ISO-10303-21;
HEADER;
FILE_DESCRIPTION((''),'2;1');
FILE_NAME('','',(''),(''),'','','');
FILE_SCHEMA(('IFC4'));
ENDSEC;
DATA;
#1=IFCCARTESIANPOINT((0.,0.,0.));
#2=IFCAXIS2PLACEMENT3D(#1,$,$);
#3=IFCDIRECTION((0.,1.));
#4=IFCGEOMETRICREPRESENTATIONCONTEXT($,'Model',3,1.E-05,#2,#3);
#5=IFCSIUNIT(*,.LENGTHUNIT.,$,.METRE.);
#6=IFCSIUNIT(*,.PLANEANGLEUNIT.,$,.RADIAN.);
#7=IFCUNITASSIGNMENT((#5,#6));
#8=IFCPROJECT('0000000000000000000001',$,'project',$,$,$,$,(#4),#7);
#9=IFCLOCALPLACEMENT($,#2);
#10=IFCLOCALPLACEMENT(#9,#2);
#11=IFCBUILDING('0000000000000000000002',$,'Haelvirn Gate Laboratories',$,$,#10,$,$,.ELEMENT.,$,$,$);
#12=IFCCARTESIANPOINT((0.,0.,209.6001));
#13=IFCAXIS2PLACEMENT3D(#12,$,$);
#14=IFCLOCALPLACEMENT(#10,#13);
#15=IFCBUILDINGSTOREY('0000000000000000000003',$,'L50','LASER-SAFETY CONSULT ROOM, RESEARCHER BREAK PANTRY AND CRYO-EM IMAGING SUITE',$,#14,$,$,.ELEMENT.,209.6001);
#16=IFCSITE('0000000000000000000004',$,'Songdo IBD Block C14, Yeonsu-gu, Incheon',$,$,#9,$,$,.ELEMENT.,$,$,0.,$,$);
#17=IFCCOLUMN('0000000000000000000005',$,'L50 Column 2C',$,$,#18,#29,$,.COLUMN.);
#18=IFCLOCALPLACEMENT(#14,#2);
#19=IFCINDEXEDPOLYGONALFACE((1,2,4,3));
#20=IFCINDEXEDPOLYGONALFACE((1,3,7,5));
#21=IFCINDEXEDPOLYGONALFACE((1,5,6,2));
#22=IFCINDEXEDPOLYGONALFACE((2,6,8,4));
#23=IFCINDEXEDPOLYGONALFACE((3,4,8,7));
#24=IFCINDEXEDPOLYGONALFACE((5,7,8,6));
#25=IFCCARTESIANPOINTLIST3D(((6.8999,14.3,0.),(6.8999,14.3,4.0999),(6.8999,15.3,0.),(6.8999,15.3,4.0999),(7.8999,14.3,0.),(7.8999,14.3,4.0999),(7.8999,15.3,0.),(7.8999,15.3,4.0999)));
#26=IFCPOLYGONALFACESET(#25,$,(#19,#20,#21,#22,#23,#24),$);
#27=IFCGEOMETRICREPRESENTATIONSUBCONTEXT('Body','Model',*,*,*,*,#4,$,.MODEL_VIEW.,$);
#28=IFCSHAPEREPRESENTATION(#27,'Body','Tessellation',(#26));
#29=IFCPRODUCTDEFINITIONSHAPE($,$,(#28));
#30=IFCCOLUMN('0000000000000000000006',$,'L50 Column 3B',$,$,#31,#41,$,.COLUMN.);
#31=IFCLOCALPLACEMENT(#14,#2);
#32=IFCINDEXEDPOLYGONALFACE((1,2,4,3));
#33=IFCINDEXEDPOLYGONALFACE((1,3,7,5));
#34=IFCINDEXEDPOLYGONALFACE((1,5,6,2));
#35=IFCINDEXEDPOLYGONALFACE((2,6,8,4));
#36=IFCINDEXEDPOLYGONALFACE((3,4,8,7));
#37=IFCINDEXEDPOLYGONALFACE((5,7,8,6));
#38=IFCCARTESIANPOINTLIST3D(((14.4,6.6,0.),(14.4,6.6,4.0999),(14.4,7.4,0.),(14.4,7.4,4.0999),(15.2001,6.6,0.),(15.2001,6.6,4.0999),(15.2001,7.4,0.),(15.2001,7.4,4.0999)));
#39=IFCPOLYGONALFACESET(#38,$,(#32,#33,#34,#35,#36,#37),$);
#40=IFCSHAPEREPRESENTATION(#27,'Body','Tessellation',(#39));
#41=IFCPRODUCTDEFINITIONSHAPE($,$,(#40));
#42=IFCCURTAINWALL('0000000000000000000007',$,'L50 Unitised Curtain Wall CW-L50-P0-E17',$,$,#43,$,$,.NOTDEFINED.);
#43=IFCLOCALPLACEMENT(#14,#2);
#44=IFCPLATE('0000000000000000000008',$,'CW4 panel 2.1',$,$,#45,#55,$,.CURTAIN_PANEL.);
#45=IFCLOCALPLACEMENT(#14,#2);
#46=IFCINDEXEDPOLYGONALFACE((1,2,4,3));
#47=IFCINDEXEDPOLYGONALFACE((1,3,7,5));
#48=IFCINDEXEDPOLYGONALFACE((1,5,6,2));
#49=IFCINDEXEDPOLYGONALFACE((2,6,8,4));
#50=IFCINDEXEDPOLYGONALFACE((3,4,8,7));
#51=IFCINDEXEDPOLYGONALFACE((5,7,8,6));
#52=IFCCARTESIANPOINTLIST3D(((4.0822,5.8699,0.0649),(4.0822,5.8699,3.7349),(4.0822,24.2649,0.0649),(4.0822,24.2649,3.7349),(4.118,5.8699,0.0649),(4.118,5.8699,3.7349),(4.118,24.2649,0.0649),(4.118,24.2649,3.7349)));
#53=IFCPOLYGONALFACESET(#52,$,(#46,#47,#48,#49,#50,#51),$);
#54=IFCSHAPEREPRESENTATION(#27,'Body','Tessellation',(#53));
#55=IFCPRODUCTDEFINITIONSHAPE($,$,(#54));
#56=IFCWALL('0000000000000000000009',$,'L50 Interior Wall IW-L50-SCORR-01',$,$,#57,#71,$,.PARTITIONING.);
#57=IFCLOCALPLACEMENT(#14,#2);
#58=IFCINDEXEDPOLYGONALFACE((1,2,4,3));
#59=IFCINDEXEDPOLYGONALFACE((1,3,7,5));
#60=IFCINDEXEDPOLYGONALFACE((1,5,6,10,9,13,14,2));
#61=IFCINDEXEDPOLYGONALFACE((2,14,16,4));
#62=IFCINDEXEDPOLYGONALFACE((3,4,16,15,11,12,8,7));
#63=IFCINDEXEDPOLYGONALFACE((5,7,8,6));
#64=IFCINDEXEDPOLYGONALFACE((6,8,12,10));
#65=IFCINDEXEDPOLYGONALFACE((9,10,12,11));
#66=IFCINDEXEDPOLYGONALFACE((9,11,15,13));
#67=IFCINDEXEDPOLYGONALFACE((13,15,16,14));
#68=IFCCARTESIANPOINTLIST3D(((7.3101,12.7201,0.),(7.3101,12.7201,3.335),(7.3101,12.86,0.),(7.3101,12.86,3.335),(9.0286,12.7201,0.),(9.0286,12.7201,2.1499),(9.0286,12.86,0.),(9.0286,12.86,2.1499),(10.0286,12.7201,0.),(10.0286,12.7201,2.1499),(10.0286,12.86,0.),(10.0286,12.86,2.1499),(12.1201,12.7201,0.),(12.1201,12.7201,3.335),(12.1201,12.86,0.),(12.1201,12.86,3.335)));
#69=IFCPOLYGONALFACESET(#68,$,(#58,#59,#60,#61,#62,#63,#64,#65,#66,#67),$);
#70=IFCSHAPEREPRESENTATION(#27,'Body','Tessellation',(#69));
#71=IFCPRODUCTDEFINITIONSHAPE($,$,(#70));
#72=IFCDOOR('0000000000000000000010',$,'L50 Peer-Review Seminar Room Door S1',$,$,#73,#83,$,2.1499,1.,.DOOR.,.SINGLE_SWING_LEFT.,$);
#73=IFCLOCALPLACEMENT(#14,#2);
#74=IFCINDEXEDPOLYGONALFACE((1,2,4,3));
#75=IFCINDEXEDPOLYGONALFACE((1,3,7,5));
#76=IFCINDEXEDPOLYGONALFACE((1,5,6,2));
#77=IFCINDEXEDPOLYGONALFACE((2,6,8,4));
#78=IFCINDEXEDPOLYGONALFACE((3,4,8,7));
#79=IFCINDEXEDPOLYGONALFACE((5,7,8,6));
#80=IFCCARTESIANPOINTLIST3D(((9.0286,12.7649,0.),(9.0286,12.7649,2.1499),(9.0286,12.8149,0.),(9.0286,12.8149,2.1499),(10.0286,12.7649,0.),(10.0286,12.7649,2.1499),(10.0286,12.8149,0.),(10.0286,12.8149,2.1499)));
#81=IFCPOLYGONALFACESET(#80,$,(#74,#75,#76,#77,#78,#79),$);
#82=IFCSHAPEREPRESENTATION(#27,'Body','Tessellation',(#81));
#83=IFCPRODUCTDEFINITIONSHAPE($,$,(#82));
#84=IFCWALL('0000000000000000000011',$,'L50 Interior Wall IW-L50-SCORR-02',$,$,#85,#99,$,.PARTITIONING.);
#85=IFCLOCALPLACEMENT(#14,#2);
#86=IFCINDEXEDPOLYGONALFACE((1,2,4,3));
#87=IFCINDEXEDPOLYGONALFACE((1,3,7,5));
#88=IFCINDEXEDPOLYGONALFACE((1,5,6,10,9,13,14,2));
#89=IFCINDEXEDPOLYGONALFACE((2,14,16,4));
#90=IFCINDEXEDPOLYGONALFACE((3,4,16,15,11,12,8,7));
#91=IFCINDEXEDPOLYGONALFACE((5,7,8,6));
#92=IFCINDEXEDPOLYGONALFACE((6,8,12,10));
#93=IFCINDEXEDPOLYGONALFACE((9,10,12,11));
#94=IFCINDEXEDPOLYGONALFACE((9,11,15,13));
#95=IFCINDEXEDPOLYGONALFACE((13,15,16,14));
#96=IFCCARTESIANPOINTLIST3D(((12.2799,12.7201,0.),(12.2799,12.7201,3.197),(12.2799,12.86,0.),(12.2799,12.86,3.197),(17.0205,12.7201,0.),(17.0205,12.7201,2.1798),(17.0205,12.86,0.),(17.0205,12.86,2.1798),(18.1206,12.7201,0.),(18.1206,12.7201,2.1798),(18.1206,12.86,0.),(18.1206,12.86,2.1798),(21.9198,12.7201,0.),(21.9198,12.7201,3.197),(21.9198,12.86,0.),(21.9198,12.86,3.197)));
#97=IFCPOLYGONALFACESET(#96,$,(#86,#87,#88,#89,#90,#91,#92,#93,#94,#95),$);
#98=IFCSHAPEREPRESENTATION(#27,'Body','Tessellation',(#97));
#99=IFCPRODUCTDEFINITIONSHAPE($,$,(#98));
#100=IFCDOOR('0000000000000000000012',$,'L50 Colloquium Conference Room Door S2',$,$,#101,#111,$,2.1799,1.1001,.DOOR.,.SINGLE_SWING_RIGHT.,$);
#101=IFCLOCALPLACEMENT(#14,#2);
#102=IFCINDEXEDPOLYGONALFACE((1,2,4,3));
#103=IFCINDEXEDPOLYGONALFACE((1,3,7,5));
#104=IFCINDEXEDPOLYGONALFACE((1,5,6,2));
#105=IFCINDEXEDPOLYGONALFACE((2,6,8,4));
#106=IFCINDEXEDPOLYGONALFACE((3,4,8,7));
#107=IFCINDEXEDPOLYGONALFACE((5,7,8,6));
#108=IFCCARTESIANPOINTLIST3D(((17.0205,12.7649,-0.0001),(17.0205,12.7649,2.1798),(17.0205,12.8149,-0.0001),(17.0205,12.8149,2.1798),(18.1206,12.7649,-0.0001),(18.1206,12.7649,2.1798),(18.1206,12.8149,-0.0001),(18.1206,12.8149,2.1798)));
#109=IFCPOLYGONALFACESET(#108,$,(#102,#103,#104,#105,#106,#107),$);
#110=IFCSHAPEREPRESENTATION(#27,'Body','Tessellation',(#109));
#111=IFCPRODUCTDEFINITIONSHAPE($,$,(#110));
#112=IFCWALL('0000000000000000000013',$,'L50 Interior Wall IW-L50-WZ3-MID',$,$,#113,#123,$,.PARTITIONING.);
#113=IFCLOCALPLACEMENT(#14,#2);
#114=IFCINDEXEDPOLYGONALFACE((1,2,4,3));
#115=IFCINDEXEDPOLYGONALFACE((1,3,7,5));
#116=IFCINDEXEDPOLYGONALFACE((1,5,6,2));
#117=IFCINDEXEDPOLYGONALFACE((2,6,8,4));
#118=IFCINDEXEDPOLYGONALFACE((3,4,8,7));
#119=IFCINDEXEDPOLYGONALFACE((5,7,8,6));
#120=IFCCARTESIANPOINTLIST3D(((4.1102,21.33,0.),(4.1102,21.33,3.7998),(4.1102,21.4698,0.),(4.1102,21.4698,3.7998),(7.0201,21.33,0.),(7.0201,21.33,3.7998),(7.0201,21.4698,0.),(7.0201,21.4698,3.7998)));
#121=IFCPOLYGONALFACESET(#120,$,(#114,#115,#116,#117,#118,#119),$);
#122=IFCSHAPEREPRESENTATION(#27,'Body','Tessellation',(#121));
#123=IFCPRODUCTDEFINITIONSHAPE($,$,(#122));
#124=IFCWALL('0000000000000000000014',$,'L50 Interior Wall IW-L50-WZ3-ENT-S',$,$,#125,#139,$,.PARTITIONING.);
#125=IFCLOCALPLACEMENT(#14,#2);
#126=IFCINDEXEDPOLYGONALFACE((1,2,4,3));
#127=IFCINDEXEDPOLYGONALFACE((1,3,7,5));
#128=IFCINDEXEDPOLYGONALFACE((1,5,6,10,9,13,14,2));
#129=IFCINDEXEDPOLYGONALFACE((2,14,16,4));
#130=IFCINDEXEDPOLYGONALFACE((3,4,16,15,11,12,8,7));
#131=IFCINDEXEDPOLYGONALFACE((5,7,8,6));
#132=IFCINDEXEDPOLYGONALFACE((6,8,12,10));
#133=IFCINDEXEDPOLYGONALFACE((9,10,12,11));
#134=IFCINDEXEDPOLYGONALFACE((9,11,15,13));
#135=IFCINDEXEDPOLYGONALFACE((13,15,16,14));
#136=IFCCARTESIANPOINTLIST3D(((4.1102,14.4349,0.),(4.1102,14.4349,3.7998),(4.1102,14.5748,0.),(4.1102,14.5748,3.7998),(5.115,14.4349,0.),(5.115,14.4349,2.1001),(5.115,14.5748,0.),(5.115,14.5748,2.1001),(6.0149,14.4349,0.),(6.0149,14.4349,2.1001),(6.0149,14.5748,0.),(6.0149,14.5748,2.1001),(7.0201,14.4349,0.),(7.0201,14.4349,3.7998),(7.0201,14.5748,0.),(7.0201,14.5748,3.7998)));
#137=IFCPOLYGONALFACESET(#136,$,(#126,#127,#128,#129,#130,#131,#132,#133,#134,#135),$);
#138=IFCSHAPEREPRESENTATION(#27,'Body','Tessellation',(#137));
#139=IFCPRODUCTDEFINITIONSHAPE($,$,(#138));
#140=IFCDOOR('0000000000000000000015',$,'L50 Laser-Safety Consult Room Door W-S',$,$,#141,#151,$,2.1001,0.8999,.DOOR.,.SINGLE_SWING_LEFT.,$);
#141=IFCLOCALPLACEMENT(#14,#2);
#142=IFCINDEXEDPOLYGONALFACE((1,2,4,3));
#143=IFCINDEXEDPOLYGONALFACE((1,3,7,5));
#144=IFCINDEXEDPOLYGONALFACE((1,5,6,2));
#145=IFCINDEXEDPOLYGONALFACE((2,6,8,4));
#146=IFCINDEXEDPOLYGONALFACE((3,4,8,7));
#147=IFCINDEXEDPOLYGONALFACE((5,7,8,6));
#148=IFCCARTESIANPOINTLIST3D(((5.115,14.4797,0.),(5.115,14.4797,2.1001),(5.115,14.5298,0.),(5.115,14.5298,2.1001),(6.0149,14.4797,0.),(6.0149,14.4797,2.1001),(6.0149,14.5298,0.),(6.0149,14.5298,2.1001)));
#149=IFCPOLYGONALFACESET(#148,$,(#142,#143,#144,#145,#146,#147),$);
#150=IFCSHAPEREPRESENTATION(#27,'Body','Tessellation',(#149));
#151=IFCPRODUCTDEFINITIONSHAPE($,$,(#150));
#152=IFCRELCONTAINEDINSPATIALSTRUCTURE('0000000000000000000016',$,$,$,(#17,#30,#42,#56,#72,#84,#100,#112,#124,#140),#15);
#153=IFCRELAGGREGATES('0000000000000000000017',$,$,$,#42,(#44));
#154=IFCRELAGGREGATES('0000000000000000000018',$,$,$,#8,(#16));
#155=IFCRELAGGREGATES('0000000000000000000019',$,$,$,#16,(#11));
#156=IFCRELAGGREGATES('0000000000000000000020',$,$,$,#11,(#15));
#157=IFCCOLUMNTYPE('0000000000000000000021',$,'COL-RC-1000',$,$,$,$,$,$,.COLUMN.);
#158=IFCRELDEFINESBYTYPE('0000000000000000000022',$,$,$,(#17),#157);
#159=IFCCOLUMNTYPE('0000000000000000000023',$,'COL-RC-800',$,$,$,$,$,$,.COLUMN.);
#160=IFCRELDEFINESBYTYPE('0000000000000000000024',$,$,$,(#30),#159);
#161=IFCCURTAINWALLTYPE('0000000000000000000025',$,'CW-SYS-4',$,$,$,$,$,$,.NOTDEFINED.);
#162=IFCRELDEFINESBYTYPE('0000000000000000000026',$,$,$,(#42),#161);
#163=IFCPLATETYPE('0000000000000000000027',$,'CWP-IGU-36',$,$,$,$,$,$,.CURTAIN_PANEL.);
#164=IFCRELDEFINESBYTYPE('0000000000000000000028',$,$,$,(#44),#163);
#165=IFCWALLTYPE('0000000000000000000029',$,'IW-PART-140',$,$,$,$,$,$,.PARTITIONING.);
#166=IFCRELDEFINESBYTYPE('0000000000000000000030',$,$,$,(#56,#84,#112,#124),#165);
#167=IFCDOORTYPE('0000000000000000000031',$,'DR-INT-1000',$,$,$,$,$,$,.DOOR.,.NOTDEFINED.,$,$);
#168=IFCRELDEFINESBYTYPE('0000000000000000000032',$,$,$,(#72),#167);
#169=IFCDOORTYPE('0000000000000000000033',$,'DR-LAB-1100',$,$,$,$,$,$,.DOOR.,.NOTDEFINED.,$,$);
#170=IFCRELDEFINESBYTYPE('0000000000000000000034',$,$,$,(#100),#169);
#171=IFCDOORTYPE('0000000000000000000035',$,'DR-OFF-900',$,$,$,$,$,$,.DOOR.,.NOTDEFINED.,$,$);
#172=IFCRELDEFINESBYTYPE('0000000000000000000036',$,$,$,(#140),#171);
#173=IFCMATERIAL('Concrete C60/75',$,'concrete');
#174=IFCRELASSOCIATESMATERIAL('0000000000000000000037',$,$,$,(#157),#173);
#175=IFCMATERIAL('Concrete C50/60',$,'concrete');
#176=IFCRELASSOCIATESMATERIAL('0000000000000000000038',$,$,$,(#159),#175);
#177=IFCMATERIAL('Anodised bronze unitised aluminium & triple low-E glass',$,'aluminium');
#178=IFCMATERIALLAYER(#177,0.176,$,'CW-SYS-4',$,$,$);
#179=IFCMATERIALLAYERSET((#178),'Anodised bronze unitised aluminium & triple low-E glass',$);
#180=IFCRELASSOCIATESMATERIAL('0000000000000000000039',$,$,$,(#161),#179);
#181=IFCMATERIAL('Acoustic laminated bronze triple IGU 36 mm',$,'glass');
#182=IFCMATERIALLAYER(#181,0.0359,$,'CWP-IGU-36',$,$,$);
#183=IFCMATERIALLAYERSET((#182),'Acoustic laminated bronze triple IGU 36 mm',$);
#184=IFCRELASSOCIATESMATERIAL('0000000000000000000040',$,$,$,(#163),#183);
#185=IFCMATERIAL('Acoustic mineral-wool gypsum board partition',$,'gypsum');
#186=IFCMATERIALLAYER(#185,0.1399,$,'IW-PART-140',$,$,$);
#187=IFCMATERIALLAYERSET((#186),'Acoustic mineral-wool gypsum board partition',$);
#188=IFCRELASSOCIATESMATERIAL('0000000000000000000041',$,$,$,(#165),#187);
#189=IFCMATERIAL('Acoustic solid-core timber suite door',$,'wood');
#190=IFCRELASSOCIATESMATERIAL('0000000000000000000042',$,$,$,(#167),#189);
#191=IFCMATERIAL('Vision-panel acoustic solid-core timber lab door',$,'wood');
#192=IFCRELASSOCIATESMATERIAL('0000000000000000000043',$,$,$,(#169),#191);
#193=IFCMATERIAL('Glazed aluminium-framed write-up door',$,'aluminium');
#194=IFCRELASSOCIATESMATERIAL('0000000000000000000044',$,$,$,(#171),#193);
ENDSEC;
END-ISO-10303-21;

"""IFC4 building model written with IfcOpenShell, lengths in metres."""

from ifc_helpers import new_model, si_unit, direction, frame, frame_2d, origin, origin_2d, place, context, subcontext, project, spatial, rectangle, extrude, source, transform, mapped, material, layer, layer_set, material_profile, profile_set, type_object, type_shapes, element, fill, aggregate, save


model = new_model("IFC4")

# Units and contexts
model_context = context("Model", 3, precision=1e-05, world=origin(), true_north=direction((0.0, 1.0)))
body_context = subcontext(model_context, "Body", "Model", "MODEL_VIEW")
ifc_project = project(units=[si_unit("LENGTHUNIT", "METRE"), si_unit("PLANEANGLEUNIT", "RADIAN")], contexts=[model_context])

# Site, building, storey
site_placement = place(None, origin())
site = spatial("IfcSite", under=ifc_project, at=site_placement, Name="Songdo IBD Block C14, Yeonsu-gu, Incheon", CompositionType="ELEMENT", RefElevation=0.0)
building_placement = place(site_placement, origin())
building = spatial("IfcBuilding", under=site, at=building_placement, Name="Haelvirn Gate Laboratories", CompositionType="ELEMENT")
storey_placement = place(building_placement, frame((0.0, 0.0, 209.6001)))
storey = spatial("IfcBuildingStorey", under=building, at=storey_placement, Name="L50", Description="LASER-SAFETY CONSULT ROOM, RESEARCHER BREAK PANTRY AND CRYO-EM IMAGING SUITE", CompositionType="ELEMENT", Elevation=209.6001)

# Columns
ifc_material_1 = material(Name="Concrete C60/75", Category="concrete")
ifc_material_profile_1 = material_profile(ifc_material_1, rectangle(XDim=1.0, YDim=1.0, at=origin_2d()), Name="RC-1000x1000")
ifc_profile_set_1 = profile_set([ifc_material_profile_1], Name="Concrete C60/75")
column_type_1 = type_object("IfcColumnType", Name="COL-RC-1000", PredefinedType="COLUMN", material=ifc_profile_set_1)
shared_shape_1 = source(origin(), body_context, "Body", "SweptSolid", [
    extrude(rectangle(XDim=1.0, YDim=1.0, at=origin_2d()), origin(), (0.0, 0.0, 1.0), 4.0999),
])
type_shapes(column_type_1, [shared_shape_1])
column_1_placement = place(storey_placement, frame((7.3999, 14.8, 0.0), z_axis=(0.0, 0.0, 1.0), x_axis=(1.0, 0.0, 0.0)))
element("IfcColumn", 1, at=column_1_placement, inside=storey, type_object=column_type_1, Name="L50 Column 2C", PredefinedType="COLUMN", context=body_context, shape_type="MappedRepresentation", body=[
    mapped(shared_shape_1, transform((0.0, 0.0, 0.0), scale=1.0)),
])
ifc_material_2 = material(Name="Concrete C50/60", Category="concrete")
ifc_material_profile_2 = material_profile(ifc_material_2, rectangle(XDim=0.8, YDim=0.8, at=origin_2d()), Name="RC-800x800")
ifc_profile_set_2 = profile_set([ifc_material_profile_2], Name="Concrete C50/60")
column_type_2 = type_object("IfcColumnType", Name="COL-RC-800", PredefinedType="COLUMN", material=ifc_profile_set_2)
shared_shape_2 = source(origin(), body_context, "Body", "SweptSolid", [
    extrude(rectangle(XDim=0.8, YDim=0.8, at=origin_2d()), origin(), (0.0, 0.0, 1.0), 4.0999),
])
type_shapes(column_type_2, [shared_shape_2])
column_2_placement = place(storey_placement, frame((14.8, 7.0, 0.0), z_axis=(0.0, 0.0, 1.0), x_axis=(1.0, 0.0, 0.0)))
element("IfcColumn", 2, at=column_2_placement, inside=storey, type_object=column_type_2, Name="L50 Column 3B", PredefinedType="COLUMN", context=body_context, shape_type="MappedRepresentation", body=[
    mapped(shared_shape_2, transform((0.0, 0.0, 0.0), scale=1.0)),
])

# Curtain wall, plate
ifc_material_3 = material(Name="Anodised bronze unitised aluminium & triple low-E glass", Category="aluminium")
ifc_layer_1 = layer(ifc_material_3, 0.176, Name="CW-SYS-4")
ifc_layer_set_1 = layer_set([ifc_layer_1], Name="Anodised bronze unitised aluminium & triple low-E glass")
curtain_wall_type = type_object("IfcCurtainWallType", Name="CW-SYS-4", PredefinedType="NOTDEFINED", material=ifc_layer_set_1)
curtain_wall_placement = place(storey_placement, origin())
curtain_wall = element("IfcCurtainWall", 3, at=curtain_wall_placement, inside=storey, type_object=curtain_wall_type, Name="L50 Unitised Curtain Wall CW-L50-P0-E17", PredefinedType="NOTDEFINED")
ifc_material_4 = material(Name="Acoustic laminated bronze triple IGU 36 mm", Category="glass")
ifc_layer_2 = layer(ifc_material_4, 0.0359, Name="CWP-IGU-36")
ifc_layer_set_2 = layer_set([ifc_layer_2], Name="Acoustic laminated bronze triple IGU 36 mm")
plate_type = type_object("IfcPlateType", Name="CWP-IGU-36", PredefinedType="CURTAIN_PANEL", material=ifc_layer_set_2)
shared_shape_3 = source(origin(), body_context, "Body", "SweptSolid", [
    extrude(rectangle(XDim=18.395, YDim=0.0359, at=origin_2d()), origin(), (0.0, 0.0, 1.0), 3.6699),
])
type_shapes(plate_type, [shared_shape_3])
plate_placement = place(storey_placement, frame((4.1001, 15.0674, 0.0649), z_axis=(0.0, 0.0, 1.0), x_axis=(0.0, -1.0, 0.0)))
plate = element("IfcPlate", 4, at=plate_placement, type_object=plate_type, Name="CW4 panel 2.1", PredefinedType="CURTAIN_PANEL", context=body_context, shape_type="MappedRepresentation", body=[
    mapped(shared_shape_3, transform((0.0, 0.0, 0.0), scale=1.0)),
])
aggregate(curtain_wall, [plate])

# Walls, openings, doors
ifc_material_5 = material(Name="Acoustic mineral-wool gypsum board partition", Category="gypsum")
ifc_layer_3 = layer(ifc_material_5, 0.1399, Name="IW-PART-140")
ifc_layer_set_3 = layer_set([ifc_layer_3], Name="Acoustic mineral-wool gypsum board partition")
wall_type_1 = type_object("IfcWallType", Name="IW-PART-140", PredefinedType="PARTITIONING", material=ifc_layer_set_3)
wall_1_placement = place(storey_placement, frame((7.3101, 12.79, 0.0), z_axis=(0.0, 0.0, 1.0), x_axis=(1.0, 0.0, 0.0)))
wall_1 = element("IfcWall", 5, at=wall_1_placement, inside=storey, type_object=wall_type_1, Name="L50 Interior Wall IW-L50-SCORR-01", PredefinedType="PARTITIONING", context=body_context, shape_type="SweptSolid", body=[
    extrude(rectangle(XDim=4.8101, YDim=0.1399, at=frame_2d((2.405, 0.0))), origin(), (0.0, 0.0, 1.0), 3.335),
])
opening_1_placement = place(wall_1_placement, frame((1.7185, 0.0, 0.0)))
opening_1 = element("IfcOpeningElement", 6, at=opening_1_placement, cuts=wall_1, PredefinedType="OPENING", context=body_context, shape_type="SweptSolid", body=[
    extrude(rectangle(XDim=1.0, YDim=2.1499, at=frame_2d((0.5, 1.075))), frame((0.0, 0.0801, 0.0), z_axis=(0.0, -1.0, 0.0), x_axis=(1.0, 0.0, 0.0)), (0.0, 0.0, 1.0), 0.1599),
])
ifc_material_6 = material(Name="Acoustic solid-core timber suite door", Category="wood")
door_type_1 = type_object("IfcDoorType", Name="DR-INT-1000", OperationType="NOTDEFINED", PredefinedType="DOOR", material=ifc_material_6)
shared_shape_4 = source(origin(), body_context, "Body", "SweptSolid", [
    extrude(rectangle(XDim=1.0, YDim=2.1499, at=frame_2d((0.5, 1.075))), frame((0.0, 0.0249, 0.0), z_axis=(0.0, -1.0, 0.0), x_axis=(1.0, 0.0, 0.0)), (0.0, 0.0, 1.0), 0.05),
])
type_shapes(door_type_1, [shared_shape_4])
door_1_placement = place(opening_1_placement, origin())
door_1 = element("IfcDoor", 7, at=door_1_placement, inside=storey, type_object=door_type_1, Name="L50 Peer-Review Seminar Room Door S1", OperationType="SINGLE_SWING_LEFT", OverallHeight=2.1499, OverallWidth=1.0, PredefinedType="DOOR", context=body_context, shape_type="MappedRepresentation", body=[
    mapped(shared_shape_4, transform((0.0, 0.0, 0.0), scale=1.0)),
])
fill(opening_1, door_1)
wall_2_placement = place(storey_placement, frame((12.28, 12.79, 0.0), z_axis=(0.0, 0.0, 1.0), x_axis=(1.0, 0.0, 0.0)))
wall_2 = element("IfcWall", 8, at=wall_2_placement, inside=storey, type_object=wall_type_1, Name="L50 Interior Wall IW-L50-SCORR-02", PredefinedType="PARTITIONING", context=body_context, shape_type="SweptSolid", body=[
    extrude(rectangle(XDim=9.6399, YDim=0.1399, at=frame_2d((4.8198, 0.0))), origin(), (0.0, 0.0, 1.0), 3.197),
])
opening_2_placement = place(wall_2_placement, frame((4.7405, 0.0, 0.0)))
opening_2 = element("IfcOpeningElement", 9, at=opening_2_placement, cuts=wall_2, PredefinedType="OPENING", context=body_context, shape_type="SweptSolid", body=[
    extrude(rectangle(XDim=1.1001, YDim=2.1799, at=frame_2d((0.55, 1.0898))), frame((0.0, 0.0801, 0.0), z_axis=(0.0, -1.0, 0.0), x_axis=(1.0, 0.0, 0.0)), (0.0, 0.0, 1.0), 0.1599),
])
ifc_material_7 = material(Name="Vision-panel acoustic solid-core timber lab door", Category="wood")
door_type_2 = type_object("IfcDoorType", Name="DR-LAB-1100", OperationType="NOTDEFINED", PredefinedType="DOOR", material=ifc_material_7)
shared_shape_5 = source(origin(), body_context, "Body", "SweptSolid", [
    extrude(rectangle(XDim=1.1001, YDim=2.1799, at=frame_2d((0.55, 1.0898))), frame((0.0, 0.0249, 0.0), z_axis=(0.0, -1.0, 0.0), x_axis=(1.0, 0.0, 0.0)), (0.0, 0.0, 1.0), 0.05),
])
type_shapes(door_type_2, [shared_shape_5])
door_2_placement = place(opening_2_placement, origin())
door_2 = element("IfcDoor", 10, at=door_2_placement, inside=storey, type_object=door_type_2, Name="L50 Colloquium Conference Room Door S2", OperationType="SINGLE_SWING_RIGHT", OverallHeight=2.1799, OverallWidth=1.1001, PredefinedType="DOOR", context=body_context, shape_type="MappedRepresentation", body=[
    mapped(shared_shape_5, transform((0.0, 0.0, 0.0), scale=1.0)),
])
fill(opening_2, door_2)

# Wall
wall_3_placement = place(storey_placement, frame((4.1101, 21.3999, 0.0), z_axis=(0.0, 0.0, 1.0), x_axis=(1.0, 0.0, 0.0)))
element("IfcWall", 11, at=wall_3_placement, inside=storey, type_object=wall_type_1, Name="L50 Interior Wall IW-L50-WZ3-MID", PredefinedType="PARTITIONING", context=body_context, shape_type="SweptSolid", body=[
    extrude(rectangle(XDim=2.9099, YDim=0.1399, at=frame_2d((1.4551, 0.0))), origin(), (0.0, 0.0, 1.0), 3.7998),
])

# Wall, opening, door
wall_4_placement = place(storey_placement, frame((4.1101, 14.5049, 0.0), z_axis=(0.0, 0.0, 1.0), x_axis=(1.0, 0.0, 0.0)))
wall_4 = element("IfcWall", 12, at=wall_4_placement, inside=storey, type_object=wall_type_1, Name="L50 Interior Wall IW-L50-WZ3-ENT-S", PredefinedType="PARTITIONING", context=body_context, shape_type="SweptSolid", body=[
    extrude(rectangle(XDim=2.9099, YDim=0.1399, at=frame_2d((1.4551, 0.0))), origin(), (0.0, 0.0, 1.0), 3.7998),
])
opening_3_placement = place(wall_4_placement, frame((1.0049, 0.0, 0.0)))
opening_3 = element("IfcOpeningElement", 13, at=opening_3_placement, cuts=wall_4, PredefinedType="OPENING", context=body_context, shape_type="SweptSolid", body=[
    extrude(rectangle(XDim=0.8999, YDim=2.1001, at=frame_2d((0.45, 1.05))), frame((0.0, 0.0801, 0.0), z_axis=(0.0, -1.0, 0.0), x_axis=(1.0, 0.0, 0.0)), (0.0, 0.0, 1.0), 0.1599),
])
ifc_material_8 = material(Name="Glazed aluminium-framed write-up door", Category="aluminium")
door_type_3 = type_object("IfcDoorType", Name="DR-OFF-900", OperationType="NOTDEFINED", PredefinedType="DOOR", material=ifc_material_8)
shared_shape_6 = source(origin(), body_context, "Body", "SweptSolid", [
    extrude(rectangle(XDim=0.8999, YDim=2.1001, at=frame_2d((0.45, 1.05))), frame((0.0, 0.0249, 0.0), z_axis=(0.0, -1.0, 0.0), x_axis=(1.0, 0.0, 0.0)), (0.0, 0.0, 1.0), 0.05),
])
type_shapes(door_type_3, [shared_shape_6])
door_3_placement = place(opening_3_placement, origin())
door_3 = element("IfcDoor", 14, at=door_3_placement, inside=storey, type_object=door_type_3, Name="L50 Laser-Safety Consult Room Door W-S", OperationType="SINGLE_SWING_LEFT", OverallHeight=2.1001, OverallWidth=0.8999, PredefinedType="DOOR", context=body_context, shape_type="MappedRepresentation", body=[
    mapped(shared_shape_6, transform((0.0, 0.0, 0.0), scale=1.0)),
])
fill(opening_3, door_3)

save(model, "model.ifc")
